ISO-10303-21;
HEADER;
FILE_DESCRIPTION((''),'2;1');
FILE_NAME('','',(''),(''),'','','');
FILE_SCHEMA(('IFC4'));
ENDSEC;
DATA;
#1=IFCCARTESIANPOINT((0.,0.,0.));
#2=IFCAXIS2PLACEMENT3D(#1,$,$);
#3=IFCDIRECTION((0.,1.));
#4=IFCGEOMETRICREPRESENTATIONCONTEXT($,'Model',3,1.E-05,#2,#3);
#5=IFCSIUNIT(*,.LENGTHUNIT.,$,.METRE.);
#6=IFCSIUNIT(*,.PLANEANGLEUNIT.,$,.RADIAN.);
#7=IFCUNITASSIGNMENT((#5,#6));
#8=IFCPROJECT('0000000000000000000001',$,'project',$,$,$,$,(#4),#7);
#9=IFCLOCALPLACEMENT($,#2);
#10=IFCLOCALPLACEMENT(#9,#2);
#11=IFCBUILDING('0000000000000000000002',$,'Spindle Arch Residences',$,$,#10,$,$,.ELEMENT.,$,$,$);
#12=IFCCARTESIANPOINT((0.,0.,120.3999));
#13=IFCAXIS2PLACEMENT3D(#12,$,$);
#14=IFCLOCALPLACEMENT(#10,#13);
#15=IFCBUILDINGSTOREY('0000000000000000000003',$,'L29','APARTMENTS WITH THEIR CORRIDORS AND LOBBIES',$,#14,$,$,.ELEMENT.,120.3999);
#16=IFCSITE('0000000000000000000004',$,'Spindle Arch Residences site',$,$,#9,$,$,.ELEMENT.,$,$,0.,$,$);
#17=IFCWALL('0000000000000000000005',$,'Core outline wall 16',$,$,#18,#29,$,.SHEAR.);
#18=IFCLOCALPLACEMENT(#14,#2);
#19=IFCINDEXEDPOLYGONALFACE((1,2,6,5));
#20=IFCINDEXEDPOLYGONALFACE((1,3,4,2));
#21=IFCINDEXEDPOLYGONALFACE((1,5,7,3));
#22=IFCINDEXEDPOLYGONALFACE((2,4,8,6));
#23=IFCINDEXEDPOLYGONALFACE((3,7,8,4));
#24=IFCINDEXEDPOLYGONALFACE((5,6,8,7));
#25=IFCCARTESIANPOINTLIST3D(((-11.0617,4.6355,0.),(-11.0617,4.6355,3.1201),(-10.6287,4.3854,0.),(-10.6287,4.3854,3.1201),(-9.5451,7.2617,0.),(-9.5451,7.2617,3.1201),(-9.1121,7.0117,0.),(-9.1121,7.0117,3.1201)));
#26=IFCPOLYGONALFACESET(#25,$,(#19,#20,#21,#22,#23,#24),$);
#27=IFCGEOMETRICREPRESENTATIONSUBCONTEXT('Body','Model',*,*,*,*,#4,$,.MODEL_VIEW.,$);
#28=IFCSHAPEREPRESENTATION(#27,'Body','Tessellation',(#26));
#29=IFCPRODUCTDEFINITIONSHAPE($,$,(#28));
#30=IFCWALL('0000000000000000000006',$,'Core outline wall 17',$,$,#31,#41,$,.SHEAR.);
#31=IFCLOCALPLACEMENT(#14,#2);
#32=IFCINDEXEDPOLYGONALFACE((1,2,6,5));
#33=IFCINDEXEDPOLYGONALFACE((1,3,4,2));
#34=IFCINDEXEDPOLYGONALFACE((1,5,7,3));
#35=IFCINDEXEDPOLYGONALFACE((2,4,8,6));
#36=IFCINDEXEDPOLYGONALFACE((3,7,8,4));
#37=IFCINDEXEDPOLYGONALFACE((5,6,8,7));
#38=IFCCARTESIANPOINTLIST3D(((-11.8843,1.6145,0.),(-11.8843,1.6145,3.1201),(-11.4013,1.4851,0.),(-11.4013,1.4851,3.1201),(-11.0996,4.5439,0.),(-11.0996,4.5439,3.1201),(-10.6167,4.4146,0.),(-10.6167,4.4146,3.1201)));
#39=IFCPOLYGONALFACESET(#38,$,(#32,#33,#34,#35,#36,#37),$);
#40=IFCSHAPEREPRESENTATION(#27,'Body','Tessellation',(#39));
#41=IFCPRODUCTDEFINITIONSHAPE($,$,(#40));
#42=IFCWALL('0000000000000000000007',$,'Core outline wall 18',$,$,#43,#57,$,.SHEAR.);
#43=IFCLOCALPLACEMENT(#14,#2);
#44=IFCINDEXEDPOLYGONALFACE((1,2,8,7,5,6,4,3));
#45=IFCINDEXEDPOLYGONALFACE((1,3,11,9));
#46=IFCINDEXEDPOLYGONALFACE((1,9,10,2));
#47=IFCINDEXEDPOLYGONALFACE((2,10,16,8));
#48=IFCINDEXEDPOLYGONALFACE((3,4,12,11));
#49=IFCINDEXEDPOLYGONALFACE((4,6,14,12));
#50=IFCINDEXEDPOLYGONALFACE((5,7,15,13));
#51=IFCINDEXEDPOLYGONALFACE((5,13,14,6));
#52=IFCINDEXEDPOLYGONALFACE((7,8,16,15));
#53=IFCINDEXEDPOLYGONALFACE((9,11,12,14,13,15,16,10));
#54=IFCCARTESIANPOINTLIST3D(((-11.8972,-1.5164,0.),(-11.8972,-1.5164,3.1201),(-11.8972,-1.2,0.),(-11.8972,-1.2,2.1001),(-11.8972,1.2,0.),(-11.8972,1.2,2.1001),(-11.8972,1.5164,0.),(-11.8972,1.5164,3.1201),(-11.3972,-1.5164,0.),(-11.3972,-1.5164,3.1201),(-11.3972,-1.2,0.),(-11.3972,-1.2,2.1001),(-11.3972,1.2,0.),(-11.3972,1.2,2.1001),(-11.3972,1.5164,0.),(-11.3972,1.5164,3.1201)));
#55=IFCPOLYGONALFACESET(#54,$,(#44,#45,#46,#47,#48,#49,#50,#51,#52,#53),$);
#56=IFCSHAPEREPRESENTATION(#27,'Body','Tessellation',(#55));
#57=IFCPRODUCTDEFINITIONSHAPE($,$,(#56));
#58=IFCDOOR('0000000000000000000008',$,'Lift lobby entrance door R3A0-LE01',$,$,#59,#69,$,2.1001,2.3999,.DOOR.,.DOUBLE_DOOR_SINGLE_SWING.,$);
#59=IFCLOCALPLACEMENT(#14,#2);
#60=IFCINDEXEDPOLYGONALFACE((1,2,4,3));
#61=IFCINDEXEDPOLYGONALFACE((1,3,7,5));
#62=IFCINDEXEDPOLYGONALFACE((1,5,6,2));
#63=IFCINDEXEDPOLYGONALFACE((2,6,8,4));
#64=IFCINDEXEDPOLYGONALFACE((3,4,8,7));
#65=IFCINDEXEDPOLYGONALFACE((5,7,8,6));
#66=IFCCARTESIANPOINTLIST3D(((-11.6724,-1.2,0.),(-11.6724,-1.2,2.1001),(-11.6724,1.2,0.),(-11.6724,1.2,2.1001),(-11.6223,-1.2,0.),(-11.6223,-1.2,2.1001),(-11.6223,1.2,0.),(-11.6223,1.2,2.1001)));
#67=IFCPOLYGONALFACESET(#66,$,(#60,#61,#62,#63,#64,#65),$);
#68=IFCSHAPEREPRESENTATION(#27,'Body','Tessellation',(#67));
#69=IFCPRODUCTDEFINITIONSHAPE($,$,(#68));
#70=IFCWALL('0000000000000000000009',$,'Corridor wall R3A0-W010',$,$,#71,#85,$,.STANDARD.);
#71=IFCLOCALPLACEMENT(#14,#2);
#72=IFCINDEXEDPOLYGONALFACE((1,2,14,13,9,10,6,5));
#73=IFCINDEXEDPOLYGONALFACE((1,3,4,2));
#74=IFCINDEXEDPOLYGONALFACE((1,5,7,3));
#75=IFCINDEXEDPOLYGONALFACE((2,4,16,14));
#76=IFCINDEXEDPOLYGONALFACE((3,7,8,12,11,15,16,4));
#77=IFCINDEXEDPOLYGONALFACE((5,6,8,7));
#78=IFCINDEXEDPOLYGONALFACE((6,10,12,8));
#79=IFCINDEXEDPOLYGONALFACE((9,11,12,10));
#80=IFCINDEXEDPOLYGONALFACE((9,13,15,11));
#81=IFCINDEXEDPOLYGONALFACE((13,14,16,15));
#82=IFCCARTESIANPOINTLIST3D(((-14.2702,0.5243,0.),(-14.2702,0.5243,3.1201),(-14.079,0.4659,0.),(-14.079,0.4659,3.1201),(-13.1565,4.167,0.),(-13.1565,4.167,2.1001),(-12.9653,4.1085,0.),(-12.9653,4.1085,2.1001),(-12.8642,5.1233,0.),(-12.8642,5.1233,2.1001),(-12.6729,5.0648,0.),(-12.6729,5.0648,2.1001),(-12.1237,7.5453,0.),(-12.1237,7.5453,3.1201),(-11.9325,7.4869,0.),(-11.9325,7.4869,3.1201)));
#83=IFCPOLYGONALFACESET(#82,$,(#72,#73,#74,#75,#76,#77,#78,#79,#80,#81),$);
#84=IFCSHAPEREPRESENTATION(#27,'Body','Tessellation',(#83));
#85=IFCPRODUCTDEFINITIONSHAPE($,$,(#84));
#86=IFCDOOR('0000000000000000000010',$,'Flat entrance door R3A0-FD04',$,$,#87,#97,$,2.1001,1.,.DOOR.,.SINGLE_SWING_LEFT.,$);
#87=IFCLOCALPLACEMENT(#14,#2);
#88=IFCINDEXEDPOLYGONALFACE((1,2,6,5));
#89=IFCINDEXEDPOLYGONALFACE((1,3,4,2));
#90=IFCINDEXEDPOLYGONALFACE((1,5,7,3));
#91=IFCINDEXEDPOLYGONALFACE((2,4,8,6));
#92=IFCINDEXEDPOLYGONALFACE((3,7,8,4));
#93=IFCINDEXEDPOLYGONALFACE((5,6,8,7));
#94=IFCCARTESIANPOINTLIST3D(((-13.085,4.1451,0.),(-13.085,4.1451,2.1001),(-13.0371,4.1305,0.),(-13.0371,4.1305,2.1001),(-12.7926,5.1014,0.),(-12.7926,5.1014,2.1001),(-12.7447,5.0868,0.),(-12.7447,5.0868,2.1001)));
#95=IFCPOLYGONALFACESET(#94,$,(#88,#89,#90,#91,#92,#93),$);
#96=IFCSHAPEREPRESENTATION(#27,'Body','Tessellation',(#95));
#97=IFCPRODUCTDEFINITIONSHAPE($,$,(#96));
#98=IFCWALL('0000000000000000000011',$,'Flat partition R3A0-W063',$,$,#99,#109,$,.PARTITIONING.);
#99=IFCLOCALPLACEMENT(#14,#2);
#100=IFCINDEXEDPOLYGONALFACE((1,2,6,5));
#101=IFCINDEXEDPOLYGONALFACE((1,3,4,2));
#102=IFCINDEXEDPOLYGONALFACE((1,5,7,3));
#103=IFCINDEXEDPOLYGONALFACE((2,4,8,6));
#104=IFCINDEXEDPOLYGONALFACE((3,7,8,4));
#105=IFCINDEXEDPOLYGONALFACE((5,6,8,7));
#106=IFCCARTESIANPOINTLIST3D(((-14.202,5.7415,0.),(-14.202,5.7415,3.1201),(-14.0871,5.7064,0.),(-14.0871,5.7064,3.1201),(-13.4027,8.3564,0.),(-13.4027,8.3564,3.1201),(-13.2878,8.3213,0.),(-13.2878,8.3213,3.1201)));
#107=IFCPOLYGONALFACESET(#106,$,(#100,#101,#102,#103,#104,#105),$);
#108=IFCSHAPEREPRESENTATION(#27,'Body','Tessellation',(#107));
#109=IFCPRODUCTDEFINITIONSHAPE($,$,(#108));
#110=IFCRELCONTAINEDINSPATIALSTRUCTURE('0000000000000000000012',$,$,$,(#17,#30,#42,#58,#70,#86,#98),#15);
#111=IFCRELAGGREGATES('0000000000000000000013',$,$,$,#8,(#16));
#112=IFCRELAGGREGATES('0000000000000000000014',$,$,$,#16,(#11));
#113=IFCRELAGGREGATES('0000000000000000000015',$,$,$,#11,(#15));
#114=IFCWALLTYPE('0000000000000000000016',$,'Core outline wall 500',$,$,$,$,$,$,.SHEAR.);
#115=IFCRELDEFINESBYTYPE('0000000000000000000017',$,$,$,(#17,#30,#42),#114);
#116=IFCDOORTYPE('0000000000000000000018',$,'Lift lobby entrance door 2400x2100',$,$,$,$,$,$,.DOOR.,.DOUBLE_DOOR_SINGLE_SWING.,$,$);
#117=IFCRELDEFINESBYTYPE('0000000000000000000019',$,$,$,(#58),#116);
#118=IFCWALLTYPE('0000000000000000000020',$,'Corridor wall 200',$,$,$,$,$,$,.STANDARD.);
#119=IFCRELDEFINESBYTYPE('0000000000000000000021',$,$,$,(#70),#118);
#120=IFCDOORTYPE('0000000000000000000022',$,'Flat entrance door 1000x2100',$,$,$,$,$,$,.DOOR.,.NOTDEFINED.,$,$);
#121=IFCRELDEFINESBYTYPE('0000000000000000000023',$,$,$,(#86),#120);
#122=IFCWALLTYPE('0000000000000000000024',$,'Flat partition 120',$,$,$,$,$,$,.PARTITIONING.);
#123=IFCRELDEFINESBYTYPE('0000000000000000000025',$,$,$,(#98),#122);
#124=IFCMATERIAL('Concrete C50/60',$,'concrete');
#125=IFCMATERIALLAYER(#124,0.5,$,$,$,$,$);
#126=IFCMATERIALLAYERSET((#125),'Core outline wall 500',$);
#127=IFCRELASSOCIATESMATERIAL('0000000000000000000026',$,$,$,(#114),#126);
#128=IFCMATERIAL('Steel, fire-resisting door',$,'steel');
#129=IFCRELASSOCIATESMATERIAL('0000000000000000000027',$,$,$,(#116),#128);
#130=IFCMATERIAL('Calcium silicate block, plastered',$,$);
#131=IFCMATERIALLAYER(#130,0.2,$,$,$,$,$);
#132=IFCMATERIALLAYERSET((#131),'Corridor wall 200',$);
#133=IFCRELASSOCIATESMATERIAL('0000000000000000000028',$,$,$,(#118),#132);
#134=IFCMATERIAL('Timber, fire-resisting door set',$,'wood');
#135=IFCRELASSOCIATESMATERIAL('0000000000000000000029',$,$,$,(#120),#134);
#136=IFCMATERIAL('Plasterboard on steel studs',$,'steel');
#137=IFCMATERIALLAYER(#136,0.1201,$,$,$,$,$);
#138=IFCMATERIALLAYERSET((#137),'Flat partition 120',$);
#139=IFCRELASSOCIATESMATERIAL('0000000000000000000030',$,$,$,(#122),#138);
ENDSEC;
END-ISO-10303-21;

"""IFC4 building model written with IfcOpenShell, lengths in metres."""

from ifc_helpers import new_model, si_unit, direction, frame, frame_2d, origin, place, context, subcontext, project, spatial, rectangle, extrude, material, layer, layer_set, type_object, element, fill, save


model = new_model("IFC4")

# Units and contexts
model_context = context("Model", 3, precision=1e-05, world=origin(), true_north=direction((0.0, 1.0)))
body_context = subcontext(model_context, "Body", "Model", "MODEL_VIEW")
ifc_project = project(units=[si_unit("LENGTHUNIT", "METRE"), si_unit("PLANEANGLEUNIT", "RADIAN")], contexts=[model_context])

# Site, building, storey
site_placement = place(None, origin())
site = spatial("IfcSite", under=ifc_project, at=site_placement, Name="Spindle Arch Residences site", CompositionType="ELEMENT", RefElevation=0.0)
building_placement = place(site_placement, origin())
building = spatial("IfcBuilding", under=site, at=building_placement, Name="Spindle Arch Residences", CompositionType="ELEMENT")
storey_placement = place(building_placement, frame((0.0, 0.0, 120.3999)))
storey = spatial("IfcBuildingStorey", under=building, at=storey_placement, Name="L29", Description="APARTMENTS WITH THEIR CORRIDORS AND LOBBIES", CompositionType="ELEMENT", Elevation=120.3999)

# Walls
ifc_material_1 = material(Name="Concrete C50/60", Category="concrete")
ifc_layer_1 = layer(ifc_material_1, 0.5)
ifc_layer_set_1 = layer_set([ifc_layer_1], Name="Core outline wall 500")
wall_type_1 = type_object("IfcWallType", Name="Core outline wall 500", PredefinedType="SHEAR", material=ifc_layer_set_1)
for number, where, z_axis, x_axis, name in (
    (1, (-9.3286, 7.1367, 0.0), (0.0, 0.0, 1.0), (-0.500087, -0.865975, 0.0), "Core outline wall 16"),
    (2, (-10.8582, 4.4792, 0.0), (0.0, 0.0, 1.0), (-0.258735, -0.965948, 0.0), "Core outline wall 17"),
):
    element("IfcWall", number, at=place(storey_placement, frame(where, z_axis=z_axis, x_axis=x_axis)), inside=storey, type_object=wall_type_1, Name=name, PredefinedType="SHEAR", context=body_context, shape_type="SweptSolid", body=[
        extrude(rectangle(XDim=3.0327, YDim=0.5, at=frame_2d((1.5164, 0.0))), origin(), (0.0, 0.0, 1.0), 3.1201),
    ])

# Walls, openings, doors
wall_1_placement = place(storey_placement, frame((-11.6472, 1.5164, 0.0), z_axis=(0.0, 0.0, 1.0), x_axis=(0.0, -1.0, 0.0)))
wall_1 = element("IfcWall", 3, at=wall_1_placement, inside=storey, type_object=wall_type_1, Name="Core outline wall 18", PredefinedType="SHEAR", context=body_context, shape_type="SweptSolid", body=[
    extrude(rectangle(XDim=3.0327, YDim=0.5, at=frame_2d((1.5164, 0.0))), origin(), (0.0, 0.0, 1.0), 3.1201),
])
opening_1_placement = place(wall_1_placement, frame((0.3164, 0.0, 0.0)))
opening_1 = element("IfcOpeningElement", 4, at=opening_1_placement, cuts=wall_1, PredefinedType="OPENING", context=body_context, shape_type="SweptSolid", body=[
    extrude(rectangle(XDim=2.3999, YDim=2.1001, at=frame_2d((1.2, 1.05))), frame((0.0, 0.26, 0.0), z_axis=(0.0, -1.0, 0.0), x_axis=(1.0, 0.0, 0.0)), (0.0, 0.0, 1.0), 0.52),
])
ifc_material_2 = material(Name="Steel, fire-resisting door", Category="steel")
door_type_1 = type_object("IfcDoorType", Name="Lift lobby entrance door 2400x2100", OperationType="DOUBLE_DOOR_SINGLE_SWING", PredefinedType="DOOR", material=ifc_material_2)
door_1_placement = place(opening_1_placement, origin())
door_1 = element("IfcDoor", 5, at=door_1_placement, inside=storey, type_object=door_type_1, Name="Lift lobby entrance door R3A0-LE01", OperationType="DOUBLE_DOOR_SINGLE_SWING", OverallHeight=2.1001, OverallWidth=2.3999, PredefinedType="DOOR", context=body_context, shape_type="SweptSolid", body=[
    extrude(rectangle(XDim=2.3999, YDim=2.1001, at=frame_2d((1.2, 1.05))), frame((0.0, 0.0249, 0.0), z_axis=(0.0, -1.0, 0.0), x_axis=(1.0, 0.0, 0.0)), (0.0, 0.0, 1.0), 0.05),
])
fill(opening_1, door_1)
ifc_material_3 = material(Name="Calcium silicate block, plastered")
ifc_layer_2 = layer(ifc_material_3, 0.2)
ifc_layer_set_2 = layer_set([ifc_layer_2], Name="Corridor wall 200")
wall_type_2 = type_object("IfcWallType", Name="Corridor wall 200", PredefinedType="STANDARD", material=ifc_layer_set_2)
wall_2_placement = place(storey_placement, frame((-12.0281, 7.5161, 0.0), z_axis=(0.0, 0.0, 1.0), x_axis=(-0.292366, -0.956307, 0.0)))
wall_2 = element("IfcWall", 6, at=wall_2_placement, inside=storey, type_object=wall_type_2, Name="Corridor wall R3A0-W010", PredefinedType="STANDARD", context=body_context, shape_type="SweptSolid", body=[
    extrude(rectangle(XDim=7.3418, YDim=0.2, at=frame_2d((3.6709, 0.0))), origin(), (0.0, 0.0, 1.0), 3.1201),
])
opening_2_placement = place(wall_2_placement, frame((2.5327, 0.0, 0.0)))
opening_2 = element("IfcOpeningElement", 7, at=opening_2_placement, cuts=wall_2, PredefinedType="OPENING", context=body_context, shape_type="SweptSolid", body=[
    extrude(rectangle(XDim=1.0, YDim=2.1001, at=frame_2d((0.5, 1.05))), frame((0.0, 0.1099, 0.0), z_axis=(0.0, -1.0, 0.0), x_axis=(1.0, 0.0, 0.0)), (0.0, 0.0, 1.0), 0.22),
])
ifc_material_4 = material(Name="Timber, fire-resisting door set", Category="wood")
door_type_2 = type_object("IfcDoorType", Name="Flat entrance door 1000x2100", OperationType="NOTDEFINED", PredefinedType="DOOR", material=ifc_material_4)
door_2_placement = place(opening_2_placement, origin())
door_2 = element("IfcDoor", 8, at=door_2_placement, inside=storey, type_object=door_type_2, Name="Flat entrance door R3A0-FD04", OperationType="SINGLE_SWING_LEFT", OverallHeight=2.1001, OverallWidth=1.0, PredefinedType="DOOR", context=body_context, shape_type="SweptSolid", body=[
    extrude(rectangle(XDim=1.0, YDim=2.1001, at=frame_2d((0.5, 1.05))), frame((0.0, 0.0249, 0.0), z_axis=(0.0, -1.0, 0.0), x_axis=(1.0, 0.0, 0.0)), (0.0, 0.0, 1.0), 0.05),
])
fill(opening_2, door_2)

# Wall
ifc_material_5 = material(Name="Plasterboard on steel studs", Category="steel")
ifc_layer_3 = layer(ifc_material_5, 0.1201)
ifc_layer_set_3 = layer_set([ifc_layer_3], Name="Flat partition 120")
wall_type_3 = type_object("IfcWallType", Name="Flat partition 120", PredefinedType="PARTITIONING", material=ifc_layer_set_3)
wall_3_placement = place(storey_placement, frame((-13.3452, 8.3389, 0.0), z_axis=(0.0, 0.0, 1.0), x_axis=(-0.292316, -0.956322, 0.0)))
element("IfcWall", 9, at=wall_3_placement, inside=storey, type_object=wall_type_3, Name="Flat partition R3A0-W063", PredefinedType="PARTITIONING", context=body_context, shape_type="SweptSolid", body=[
    extrude(rectangle(XDim=2.7344, YDim=0.1201, at=frame_2d((1.3672, 0.0))), origin(), (0.0, 0.0, 1.0), 3.1201),
])

save(model, "model.ifc")
